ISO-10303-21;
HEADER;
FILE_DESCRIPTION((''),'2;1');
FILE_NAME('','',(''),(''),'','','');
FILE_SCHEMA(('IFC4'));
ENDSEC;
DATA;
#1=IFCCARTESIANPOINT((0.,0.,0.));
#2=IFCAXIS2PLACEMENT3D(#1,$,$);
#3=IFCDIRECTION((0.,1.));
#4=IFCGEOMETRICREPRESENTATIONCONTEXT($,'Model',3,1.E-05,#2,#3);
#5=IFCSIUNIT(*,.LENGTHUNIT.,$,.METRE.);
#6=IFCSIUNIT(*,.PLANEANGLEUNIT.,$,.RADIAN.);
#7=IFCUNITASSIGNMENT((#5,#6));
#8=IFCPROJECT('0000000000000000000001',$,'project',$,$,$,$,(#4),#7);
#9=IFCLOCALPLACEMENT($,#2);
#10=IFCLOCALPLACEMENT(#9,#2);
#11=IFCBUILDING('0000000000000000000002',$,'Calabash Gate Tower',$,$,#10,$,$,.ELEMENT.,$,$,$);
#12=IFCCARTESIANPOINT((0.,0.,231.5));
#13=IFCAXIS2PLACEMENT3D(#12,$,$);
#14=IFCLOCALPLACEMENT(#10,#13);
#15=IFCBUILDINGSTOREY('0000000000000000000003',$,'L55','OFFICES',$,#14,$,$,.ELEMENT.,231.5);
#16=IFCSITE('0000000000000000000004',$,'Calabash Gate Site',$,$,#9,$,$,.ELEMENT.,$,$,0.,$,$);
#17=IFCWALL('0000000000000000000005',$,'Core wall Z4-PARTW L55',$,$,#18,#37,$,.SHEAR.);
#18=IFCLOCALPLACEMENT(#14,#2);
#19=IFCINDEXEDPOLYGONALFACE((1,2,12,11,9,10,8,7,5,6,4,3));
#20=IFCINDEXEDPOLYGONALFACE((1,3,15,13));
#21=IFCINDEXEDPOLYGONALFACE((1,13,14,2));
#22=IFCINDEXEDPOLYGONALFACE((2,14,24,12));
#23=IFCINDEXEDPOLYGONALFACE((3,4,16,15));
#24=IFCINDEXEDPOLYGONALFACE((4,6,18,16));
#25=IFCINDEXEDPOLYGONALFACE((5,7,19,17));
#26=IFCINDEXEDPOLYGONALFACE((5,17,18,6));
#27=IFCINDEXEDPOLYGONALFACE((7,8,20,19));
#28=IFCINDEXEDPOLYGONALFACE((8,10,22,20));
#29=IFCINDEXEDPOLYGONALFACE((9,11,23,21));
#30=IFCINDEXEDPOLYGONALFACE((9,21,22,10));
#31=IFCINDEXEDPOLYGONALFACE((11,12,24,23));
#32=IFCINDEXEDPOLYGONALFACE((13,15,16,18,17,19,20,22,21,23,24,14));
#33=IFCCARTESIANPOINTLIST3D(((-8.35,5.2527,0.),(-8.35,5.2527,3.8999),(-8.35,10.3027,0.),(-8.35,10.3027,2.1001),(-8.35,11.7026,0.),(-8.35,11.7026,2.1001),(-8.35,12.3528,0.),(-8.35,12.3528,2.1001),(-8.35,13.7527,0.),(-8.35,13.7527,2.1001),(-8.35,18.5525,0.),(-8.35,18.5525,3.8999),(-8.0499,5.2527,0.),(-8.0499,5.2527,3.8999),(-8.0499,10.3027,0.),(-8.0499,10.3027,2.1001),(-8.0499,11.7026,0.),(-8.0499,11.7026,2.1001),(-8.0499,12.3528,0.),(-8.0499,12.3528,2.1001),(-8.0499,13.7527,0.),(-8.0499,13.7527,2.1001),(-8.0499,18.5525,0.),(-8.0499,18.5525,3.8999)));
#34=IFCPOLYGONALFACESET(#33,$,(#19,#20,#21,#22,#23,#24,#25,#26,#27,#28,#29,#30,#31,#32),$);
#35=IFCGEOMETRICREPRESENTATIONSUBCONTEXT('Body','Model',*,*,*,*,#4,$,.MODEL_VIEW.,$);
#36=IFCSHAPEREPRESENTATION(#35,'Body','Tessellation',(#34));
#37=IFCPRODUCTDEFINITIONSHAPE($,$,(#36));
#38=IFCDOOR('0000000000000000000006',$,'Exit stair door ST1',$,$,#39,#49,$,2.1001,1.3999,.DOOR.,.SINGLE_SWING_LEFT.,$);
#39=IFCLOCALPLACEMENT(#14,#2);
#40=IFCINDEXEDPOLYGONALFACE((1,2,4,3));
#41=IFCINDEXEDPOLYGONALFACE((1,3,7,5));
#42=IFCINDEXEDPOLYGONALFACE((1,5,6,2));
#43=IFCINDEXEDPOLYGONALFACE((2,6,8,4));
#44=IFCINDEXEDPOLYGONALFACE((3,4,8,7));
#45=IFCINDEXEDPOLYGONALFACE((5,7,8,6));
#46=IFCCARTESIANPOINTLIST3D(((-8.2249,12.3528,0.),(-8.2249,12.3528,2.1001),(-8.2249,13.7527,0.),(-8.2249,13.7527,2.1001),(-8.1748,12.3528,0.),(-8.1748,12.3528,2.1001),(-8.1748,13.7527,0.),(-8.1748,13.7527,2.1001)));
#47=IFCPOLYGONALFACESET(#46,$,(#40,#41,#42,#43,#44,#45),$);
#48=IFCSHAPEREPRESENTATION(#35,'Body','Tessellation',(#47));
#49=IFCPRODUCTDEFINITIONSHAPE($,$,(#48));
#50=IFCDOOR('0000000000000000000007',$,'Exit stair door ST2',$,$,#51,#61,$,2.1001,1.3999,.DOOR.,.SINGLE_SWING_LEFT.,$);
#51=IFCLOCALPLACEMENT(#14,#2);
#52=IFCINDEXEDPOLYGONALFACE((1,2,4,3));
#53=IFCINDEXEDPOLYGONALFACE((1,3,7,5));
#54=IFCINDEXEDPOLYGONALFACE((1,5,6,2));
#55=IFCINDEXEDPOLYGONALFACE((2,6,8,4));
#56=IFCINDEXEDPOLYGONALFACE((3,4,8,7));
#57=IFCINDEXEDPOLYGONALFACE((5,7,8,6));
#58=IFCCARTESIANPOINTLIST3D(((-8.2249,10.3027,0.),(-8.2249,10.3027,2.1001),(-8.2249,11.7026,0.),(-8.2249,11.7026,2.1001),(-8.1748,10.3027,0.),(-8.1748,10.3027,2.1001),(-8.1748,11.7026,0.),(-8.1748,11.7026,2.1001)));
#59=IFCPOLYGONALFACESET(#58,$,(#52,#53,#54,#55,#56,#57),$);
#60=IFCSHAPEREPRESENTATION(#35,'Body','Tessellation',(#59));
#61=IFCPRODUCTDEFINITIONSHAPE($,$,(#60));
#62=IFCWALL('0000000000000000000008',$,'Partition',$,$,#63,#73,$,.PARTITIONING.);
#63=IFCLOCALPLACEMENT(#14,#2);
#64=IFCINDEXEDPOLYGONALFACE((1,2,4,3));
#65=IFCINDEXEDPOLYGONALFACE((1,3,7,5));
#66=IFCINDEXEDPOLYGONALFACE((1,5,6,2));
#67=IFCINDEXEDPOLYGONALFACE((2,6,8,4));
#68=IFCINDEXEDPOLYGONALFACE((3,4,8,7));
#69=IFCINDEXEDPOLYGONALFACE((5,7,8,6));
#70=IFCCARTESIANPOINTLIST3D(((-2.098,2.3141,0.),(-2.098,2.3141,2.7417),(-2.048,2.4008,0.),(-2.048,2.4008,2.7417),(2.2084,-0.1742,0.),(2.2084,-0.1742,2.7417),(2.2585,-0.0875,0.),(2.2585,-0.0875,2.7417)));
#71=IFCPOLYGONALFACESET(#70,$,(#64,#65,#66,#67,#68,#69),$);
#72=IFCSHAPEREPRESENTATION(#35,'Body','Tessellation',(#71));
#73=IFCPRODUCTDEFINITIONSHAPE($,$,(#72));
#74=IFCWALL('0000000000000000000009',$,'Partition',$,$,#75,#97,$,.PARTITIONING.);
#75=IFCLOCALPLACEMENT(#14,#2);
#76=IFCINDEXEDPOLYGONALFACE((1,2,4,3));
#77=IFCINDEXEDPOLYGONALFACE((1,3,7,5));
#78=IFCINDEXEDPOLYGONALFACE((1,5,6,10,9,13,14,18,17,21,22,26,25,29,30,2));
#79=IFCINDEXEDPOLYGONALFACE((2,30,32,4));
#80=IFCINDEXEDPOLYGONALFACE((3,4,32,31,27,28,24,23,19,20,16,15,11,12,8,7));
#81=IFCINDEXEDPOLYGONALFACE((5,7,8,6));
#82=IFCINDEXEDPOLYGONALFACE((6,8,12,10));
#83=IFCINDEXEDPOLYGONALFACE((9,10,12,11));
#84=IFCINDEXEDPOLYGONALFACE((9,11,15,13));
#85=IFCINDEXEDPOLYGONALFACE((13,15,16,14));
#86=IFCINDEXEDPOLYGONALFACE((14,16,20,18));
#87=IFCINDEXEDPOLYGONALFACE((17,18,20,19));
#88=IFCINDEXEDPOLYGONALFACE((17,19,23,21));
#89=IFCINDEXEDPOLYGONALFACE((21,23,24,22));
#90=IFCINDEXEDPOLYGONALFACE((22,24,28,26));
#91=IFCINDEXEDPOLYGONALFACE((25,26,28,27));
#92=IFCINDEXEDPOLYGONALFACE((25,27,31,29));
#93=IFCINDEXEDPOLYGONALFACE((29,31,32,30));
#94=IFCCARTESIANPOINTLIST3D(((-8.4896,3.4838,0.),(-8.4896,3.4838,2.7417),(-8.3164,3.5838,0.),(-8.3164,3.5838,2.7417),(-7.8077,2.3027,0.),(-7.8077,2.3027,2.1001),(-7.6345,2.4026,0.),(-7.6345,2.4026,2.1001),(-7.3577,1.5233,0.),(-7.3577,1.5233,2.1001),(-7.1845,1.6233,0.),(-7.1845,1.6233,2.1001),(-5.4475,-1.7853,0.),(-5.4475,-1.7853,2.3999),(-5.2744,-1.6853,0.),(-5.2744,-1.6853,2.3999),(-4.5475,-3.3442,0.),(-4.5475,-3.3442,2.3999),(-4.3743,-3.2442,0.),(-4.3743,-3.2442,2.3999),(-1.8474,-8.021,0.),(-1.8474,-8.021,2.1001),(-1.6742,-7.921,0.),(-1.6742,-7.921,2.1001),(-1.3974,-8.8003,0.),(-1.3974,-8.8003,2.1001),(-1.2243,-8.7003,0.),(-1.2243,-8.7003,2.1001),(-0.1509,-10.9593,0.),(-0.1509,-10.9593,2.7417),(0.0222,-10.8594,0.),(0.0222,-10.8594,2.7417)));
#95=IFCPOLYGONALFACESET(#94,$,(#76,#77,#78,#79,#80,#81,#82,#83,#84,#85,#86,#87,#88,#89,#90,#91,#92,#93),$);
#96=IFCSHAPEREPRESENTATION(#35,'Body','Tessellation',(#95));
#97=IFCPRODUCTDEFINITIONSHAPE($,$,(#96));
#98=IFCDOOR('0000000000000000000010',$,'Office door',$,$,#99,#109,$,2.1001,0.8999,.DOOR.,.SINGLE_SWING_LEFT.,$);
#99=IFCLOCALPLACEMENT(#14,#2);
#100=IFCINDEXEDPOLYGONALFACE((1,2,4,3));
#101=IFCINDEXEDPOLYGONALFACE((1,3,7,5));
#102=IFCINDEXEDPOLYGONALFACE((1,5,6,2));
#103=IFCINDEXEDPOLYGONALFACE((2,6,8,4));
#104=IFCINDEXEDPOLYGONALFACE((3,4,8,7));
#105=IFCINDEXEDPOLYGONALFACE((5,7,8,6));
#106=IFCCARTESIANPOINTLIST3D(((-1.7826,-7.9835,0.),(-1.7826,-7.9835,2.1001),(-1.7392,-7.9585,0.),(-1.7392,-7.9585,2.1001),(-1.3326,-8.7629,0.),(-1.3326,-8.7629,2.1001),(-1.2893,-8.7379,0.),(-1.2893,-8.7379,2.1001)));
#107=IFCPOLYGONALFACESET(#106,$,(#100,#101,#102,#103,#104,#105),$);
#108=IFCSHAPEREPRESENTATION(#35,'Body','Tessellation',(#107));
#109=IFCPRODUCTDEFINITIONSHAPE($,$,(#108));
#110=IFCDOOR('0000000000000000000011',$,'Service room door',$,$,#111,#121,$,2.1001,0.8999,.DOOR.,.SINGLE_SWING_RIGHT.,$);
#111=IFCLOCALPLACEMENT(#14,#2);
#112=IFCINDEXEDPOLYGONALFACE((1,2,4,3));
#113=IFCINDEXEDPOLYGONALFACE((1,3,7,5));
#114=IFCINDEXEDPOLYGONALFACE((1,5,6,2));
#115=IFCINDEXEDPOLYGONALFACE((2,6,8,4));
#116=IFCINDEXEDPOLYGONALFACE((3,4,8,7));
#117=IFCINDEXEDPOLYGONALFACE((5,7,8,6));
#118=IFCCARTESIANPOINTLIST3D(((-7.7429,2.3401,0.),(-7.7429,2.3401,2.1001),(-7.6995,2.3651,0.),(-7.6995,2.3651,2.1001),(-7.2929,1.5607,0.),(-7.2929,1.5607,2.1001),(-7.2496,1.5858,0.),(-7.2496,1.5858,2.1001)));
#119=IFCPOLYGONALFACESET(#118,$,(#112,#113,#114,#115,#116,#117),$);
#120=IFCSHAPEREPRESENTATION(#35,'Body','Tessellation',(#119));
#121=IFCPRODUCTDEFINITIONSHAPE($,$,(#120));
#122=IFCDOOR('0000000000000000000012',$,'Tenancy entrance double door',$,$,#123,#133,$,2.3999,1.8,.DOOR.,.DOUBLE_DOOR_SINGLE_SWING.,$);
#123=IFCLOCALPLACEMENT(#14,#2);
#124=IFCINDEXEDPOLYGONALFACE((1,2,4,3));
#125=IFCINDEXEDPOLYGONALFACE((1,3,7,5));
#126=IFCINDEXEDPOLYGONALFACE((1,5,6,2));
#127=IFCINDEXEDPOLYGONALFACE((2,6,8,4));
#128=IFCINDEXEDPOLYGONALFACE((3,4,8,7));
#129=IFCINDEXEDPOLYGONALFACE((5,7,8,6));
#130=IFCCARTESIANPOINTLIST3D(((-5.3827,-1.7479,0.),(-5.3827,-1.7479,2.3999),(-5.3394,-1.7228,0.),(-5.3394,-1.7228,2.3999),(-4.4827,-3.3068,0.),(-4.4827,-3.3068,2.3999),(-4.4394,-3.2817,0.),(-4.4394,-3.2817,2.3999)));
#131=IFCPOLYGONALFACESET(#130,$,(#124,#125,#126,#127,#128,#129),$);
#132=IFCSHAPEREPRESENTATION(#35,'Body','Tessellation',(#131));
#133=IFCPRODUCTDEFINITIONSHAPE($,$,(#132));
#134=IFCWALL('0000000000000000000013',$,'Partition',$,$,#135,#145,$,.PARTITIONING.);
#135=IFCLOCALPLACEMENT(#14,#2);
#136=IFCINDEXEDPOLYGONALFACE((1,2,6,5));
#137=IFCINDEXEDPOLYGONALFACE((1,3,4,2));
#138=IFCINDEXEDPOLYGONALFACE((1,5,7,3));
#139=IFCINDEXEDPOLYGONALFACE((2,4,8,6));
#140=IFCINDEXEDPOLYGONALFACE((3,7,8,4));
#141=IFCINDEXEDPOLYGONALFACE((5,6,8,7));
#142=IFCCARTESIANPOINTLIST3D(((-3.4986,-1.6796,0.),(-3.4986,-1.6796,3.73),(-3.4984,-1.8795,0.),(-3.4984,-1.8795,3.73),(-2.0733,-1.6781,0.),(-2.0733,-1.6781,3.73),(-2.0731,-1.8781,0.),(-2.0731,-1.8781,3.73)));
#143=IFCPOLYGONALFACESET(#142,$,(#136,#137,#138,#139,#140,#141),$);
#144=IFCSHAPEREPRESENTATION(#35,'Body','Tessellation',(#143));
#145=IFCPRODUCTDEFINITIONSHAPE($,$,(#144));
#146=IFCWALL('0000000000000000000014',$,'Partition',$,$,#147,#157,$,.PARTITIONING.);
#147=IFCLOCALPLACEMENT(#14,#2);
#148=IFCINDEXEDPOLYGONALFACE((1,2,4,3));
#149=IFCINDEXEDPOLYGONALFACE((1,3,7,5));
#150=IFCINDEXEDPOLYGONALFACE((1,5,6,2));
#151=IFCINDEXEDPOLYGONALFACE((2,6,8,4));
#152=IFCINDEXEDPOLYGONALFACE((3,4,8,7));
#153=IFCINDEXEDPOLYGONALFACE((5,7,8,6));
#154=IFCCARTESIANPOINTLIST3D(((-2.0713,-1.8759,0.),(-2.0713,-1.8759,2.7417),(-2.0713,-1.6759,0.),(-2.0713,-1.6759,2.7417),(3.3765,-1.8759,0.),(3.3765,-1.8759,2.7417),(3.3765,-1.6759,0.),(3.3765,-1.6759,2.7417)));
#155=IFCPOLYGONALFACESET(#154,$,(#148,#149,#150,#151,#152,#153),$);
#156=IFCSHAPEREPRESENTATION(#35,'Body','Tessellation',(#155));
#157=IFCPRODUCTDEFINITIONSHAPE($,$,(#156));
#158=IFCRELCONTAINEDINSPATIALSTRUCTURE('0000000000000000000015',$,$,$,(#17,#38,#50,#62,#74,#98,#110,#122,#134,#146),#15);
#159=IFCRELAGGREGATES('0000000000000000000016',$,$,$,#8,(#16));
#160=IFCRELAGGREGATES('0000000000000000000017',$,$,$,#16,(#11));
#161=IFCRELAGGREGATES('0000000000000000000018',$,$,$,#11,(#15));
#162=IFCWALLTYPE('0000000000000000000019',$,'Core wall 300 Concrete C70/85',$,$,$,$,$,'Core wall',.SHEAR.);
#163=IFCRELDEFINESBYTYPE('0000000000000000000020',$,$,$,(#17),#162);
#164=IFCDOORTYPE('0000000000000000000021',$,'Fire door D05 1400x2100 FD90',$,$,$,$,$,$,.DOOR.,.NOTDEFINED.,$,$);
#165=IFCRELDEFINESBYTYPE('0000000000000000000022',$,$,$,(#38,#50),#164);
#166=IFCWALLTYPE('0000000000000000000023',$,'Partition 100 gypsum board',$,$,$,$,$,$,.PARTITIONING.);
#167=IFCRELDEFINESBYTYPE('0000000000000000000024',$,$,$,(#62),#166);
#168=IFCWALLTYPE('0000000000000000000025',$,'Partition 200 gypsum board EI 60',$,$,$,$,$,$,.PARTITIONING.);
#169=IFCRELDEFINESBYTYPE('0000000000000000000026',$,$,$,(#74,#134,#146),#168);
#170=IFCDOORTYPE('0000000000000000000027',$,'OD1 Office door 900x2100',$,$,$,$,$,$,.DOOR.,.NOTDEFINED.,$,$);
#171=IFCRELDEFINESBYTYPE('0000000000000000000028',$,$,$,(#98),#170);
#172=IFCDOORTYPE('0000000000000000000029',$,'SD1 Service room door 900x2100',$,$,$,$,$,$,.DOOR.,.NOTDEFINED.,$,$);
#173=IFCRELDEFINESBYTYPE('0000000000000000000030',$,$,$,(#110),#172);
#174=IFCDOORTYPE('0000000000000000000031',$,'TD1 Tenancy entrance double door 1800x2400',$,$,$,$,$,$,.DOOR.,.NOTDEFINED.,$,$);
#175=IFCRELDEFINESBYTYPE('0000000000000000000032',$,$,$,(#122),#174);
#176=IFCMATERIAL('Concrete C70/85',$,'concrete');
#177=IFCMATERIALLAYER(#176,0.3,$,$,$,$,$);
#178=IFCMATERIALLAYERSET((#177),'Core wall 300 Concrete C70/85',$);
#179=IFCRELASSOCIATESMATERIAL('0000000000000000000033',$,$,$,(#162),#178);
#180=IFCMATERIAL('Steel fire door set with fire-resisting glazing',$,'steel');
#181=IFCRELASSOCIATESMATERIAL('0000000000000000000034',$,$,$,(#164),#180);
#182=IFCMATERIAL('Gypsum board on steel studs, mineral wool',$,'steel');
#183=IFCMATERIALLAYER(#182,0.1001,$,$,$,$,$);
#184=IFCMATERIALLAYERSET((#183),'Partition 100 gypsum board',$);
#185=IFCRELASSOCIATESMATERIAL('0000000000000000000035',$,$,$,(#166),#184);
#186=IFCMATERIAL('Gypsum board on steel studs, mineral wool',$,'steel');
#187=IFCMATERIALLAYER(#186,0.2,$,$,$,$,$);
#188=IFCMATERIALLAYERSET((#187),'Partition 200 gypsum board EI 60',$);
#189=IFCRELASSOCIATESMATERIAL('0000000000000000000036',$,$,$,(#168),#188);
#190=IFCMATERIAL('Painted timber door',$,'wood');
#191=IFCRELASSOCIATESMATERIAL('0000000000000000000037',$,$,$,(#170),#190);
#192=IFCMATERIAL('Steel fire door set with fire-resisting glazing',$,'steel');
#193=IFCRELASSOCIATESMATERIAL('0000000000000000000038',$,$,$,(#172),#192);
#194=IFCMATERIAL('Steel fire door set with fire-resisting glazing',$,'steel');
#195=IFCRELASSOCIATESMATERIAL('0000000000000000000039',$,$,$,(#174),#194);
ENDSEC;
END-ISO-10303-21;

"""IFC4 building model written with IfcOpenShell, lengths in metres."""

from ifc_helpers import new_model, si_unit, direction, frame, frame_2d, origin, place, context, subcontext, project, spatial, rectangle, extrude, material, layer, layer_set, type_object, element, fill, save


model = new_model("IFC4")

# Units and contexts
model_context = context("Model", 3, precision=1e-05, world=origin(), true_north=direction((0.0, 1.0)))
body_context = subcontext(model_context, "Body", "Model", "MODEL_VIEW")
ifc_project = project(units=[si_unit("LENGTHUNIT", "METRE"), si_unit("PLANEANGLEUNIT", "RADIAN")], contexts=[model_context])

# Site, building, storey
site_placement = place(None, origin())
site = spatial("IfcSite", under=ifc_project, at=site_placement, Name="Calabash Gate Site", CompositionType="ELEMENT", RefElevation=0.0)
building_placement = place(site_placement, origin())
building = spatial("IfcBuilding", under=site, at=building_placement, Name="Calabash Gate Tower", CompositionType="ELEMENT")
storey_placement = place(building_placement, frame((0.0, 0.0, 231.5)))
storey = spatial("IfcBuildingStorey", under=building, at=storey_placement, Name="L55", Description="OFFICES", CompositionType="ELEMENT", Elevation=231.5)

# Wall, openings, doors
ifc_material_1 = material(Name="Concrete C70/85", Category="concrete")
ifc_layer_1 = layer(ifc_material_1, 0.3)
ifc_layer_set_1 = layer_set([ifc_layer_1], Name="Core wall 300 Concrete C70/85")
wall_type_1 = type_object("IfcWallType", Name="Core wall 300 Concrete C70/85", ElementType="Core wall", PredefinedType="SHEAR", material=ifc_layer_set_1)
wall_1_placement = place(storey_placement, frame((-8.2, 5.2527, 0.0), z_axis=(0.0, 0.0, 1.0), x_axis=(0.0, 1.0, 0.0)))
wall_1 = element("IfcWall", 1, at=wall_1_placement, inside=storey, type_object=wall_type_1, Name="Core wall Z4-PARTW L55", PredefinedType="SHEAR", context=body_context, shape_type="SweptSolid", body=[
    extrude(rectangle(XDim=13.2998, YDim=0.3, at=frame_2d((6.6499, 0.0))), origin(), (0.0, 0.0, 1.0), 3.8999),
])
opening_1_placement = place(wall_1_placement, frame((7.1001, 0.0, 0.0)))
opening_1 = element("IfcOpeningElement", 2, at=opening_1_placement, cuts=wall_1, PredefinedType="OPENING", context=body_context, shape_type="SweptSolid", body=[
    extrude(rectangle(XDim=1.3999, YDim=2.1001, at=frame_2d((0.7, 1.05))), frame((0.0, 0.1599, 0.0), z_axis=(0.0, -1.0, 0.0), x_axis=(1.0, 0.0, 0.0)), (0.0, 0.0, 1.0), 0.3201),
])
opening_2_placement = place(wall_1_placement, frame((5.05, 0.0, 0.0)))
opening_2 = element("IfcOpeningElement", 3, at=opening_2_placement, cuts=wall_1, PredefinedType="OPENING", context=body_context, shape_type="SweptSolid", body=[
    extrude(rectangle(XDim=1.3999, YDim=2.1001, at=frame_2d((0.7, 1.05))), frame((0.0, 0.1599, 0.0), z_axis=(0.0, -1.0, 0.0), x_axis=(1.0, 0.0, 0.0)), (0.0, 0.0, 1.0), 0.3201),
])
ifc_material_2 = material(Name="Steel fire door set with fire-resisting glazing", Category="steel")
door_type_1 = type_object("IfcDoorType", Name="Fire door D05 1400x2100 FD90", OperationType="NOTDEFINED", PredefinedType="DOOR", material=ifc_material_2)
door_1_placement = place(opening_1_placement, origin())
door_1 = element("IfcDoor", 4, at=door_1_placement, inside=storey, type_object=door_type_1, Name="Exit stair door ST1", OperationType="SINGLE_SWING_LEFT", OverallHeight=2.1001, OverallWidth=1.3999, PredefinedType="DOOR", context=body_context, shape_type="SweptSolid", body=[
    extrude(rectangle(XDim=1.3999, YDim=2.1001, at=frame_2d((0.7, 1.05))), frame((0.0, 0.0249, 0.0), z_axis=(0.0, -1.0, 0.0), x_axis=(1.0, 0.0, 0.0)), (0.0, 0.0, 1.0), 0.05),
])
fill(opening_1, door_1)
door_2_placement = place(opening_2_placement, origin())
door_2 = element("IfcDoor", 5, at=door_2_placement, inside=storey, type_object=door_type_1, Name="Exit stair door ST2", OperationType="SINGLE_SWING_LEFT", OverallHeight=2.1001, OverallWidth=1.3999, PredefinedType="DOOR", context=body_context, shape_type="SweptSolid", body=[
    extrude(rectangle(XDim=1.3999, YDim=2.1001, at=frame_2d((0.7, 1.05))), frame((0.0, 0.0249, 0.0), z_axis=(0.0, -1.0, 0.0), x_axis=(1.0, 0.0, 0.0)), (0.0, 0.0, 1.0), 0.05),
])
fill(opening_2, door_2)

# Wall
ifc_material_3 = material(Name="Gypsum board on steel studs, mineral wool", Category="steel")
ifc_layer_2 = layer(ifc_material_3, 0.1001)
ifc_layer_set_2 = layer_set([ifc_layer_2], Name="Partition 100 gypsum board")
wall_type_2 = type_object("IfcWallType", Name="Partition 100 gypsum board", PredefinedType="PARTITIONING", material=ifc_layer_set_2)
wall_2_placement = place(storey_placement, frame((-2.073, 2.3574, 0.0), z_axis=(0.0, 0.0, 1.0), x_axis=(0.865853, -0.500299, 0.0)))
element("IfcWall", 6, at=wall_2_placement, inside=storey, type_object=wall_type_2, Name="Partition", PredefinedType="PARTITIONING", context=body_context, shape_type="SweptSolid", body=[
    extrude(rectangle(XDim=4.9736, YDim=0.1001, at=frame_2d((2.4868, 0.0))), origin(), (0.0, 0.0, 1.0), 2.7417),
])

# Wall, openings, doors
ifc_material_4 = material(Name="Gypsum board on steel studs, mineral wool", Category="steel")
ifc_layer_3 = layer(ifc_material_4, 0.2)
ifc_layer_set_3 = layer_set([ifc_layer_3], Name="Partition 200 gypsum board EI 60")
wall_type_3 = type_object("IfcWallType", Name="Partition 200 gypsum board EI 60", PredefinedType="PARTITIONING", material=ifc_layer_set_3)
wall_3_placement = place(storey_placement, frame((-8.4031, 3.5339, 0.0), z_axis=(0.0, 0.0, 1.0), x_axis=(0.499995, -0.866028, 0.0)))
wall_3 = element("IfcWall", 7, at=wall_3_placement, inside=storey, type_object=wall_type_3, Name="Partition", PredefinedType="PARTITIONING", context=body_context, shape_type="SweptSolid", body=[
    extrude(rectangle(XDim=16.6775, YDim=0.2, at=frame_2d((8.3389, 0.0))), origin(), (0.0, 0.0, 1.0), 2.7417),
])
opening_3_placement = place(wall_3_placement, frame((6.0845, 0.0, 0.0)))
opening_3 = element("IfcOpeningElement", 8, at=opening_3_placement, cuts=wall_3, PredefinedType="OPENING", context=body_context, shape_type="SweptSolid", body=[
    extrude(rectangle(XDim=1.8, YDim=2.3999, at=frame_2d((0.8999, 1.2))), frame((0.0, 0.1099, 0.0), z_axis=(0.0, -1.0, 0.0), x_axis=(1.0, 0.0, 0.0)), (0.0, 0.0, 1.0), 0.22),
])
opening_4_placement = place(wall_3_placement, frame((13.2847, 0.0, 0.0)))
opening_4 = element("IfcOpeningElement", 9, at=opening_4_placement, cuts=wall_3, PredefinedType="OPENING", context=body_context, shape_type="SweptSolid", body=[
    extrude(rectangle(XDim=0.8999, YDim=2.1001, at=frame_2d((0.45, 1.05))), frame((0.0, 0.1099, 0.0), z_axis=(0.0, -1.0, 0.0), x_axis=(1.0, 0.0, 0.0)), (0.0, 0.0, 1.0), 0.22),
])
opening_5_placement = place(wall_3_placement, frame((1.364, 0.0, 0.0)))
opening_5 = element("IfcOpeningElement", 10, at=opening_5_placement, cuts=wall_3, PredefinedType="OPENING", context=body_context, shape_type="SweptSolid", body=[
    extrude(rectangle(XDim=0.8999, YDim=2.1001, at=frame_2d((0.45, 1.05))), frame((0.0, 0.1099, 0.0), z_axis=(0.0, -1.0, 0.0), x_axis=(1.0, 0.0, 0.0)), (0.0, 0.0, 1.0), 0.22),
])
ifc_material_5 = material(Name="Painted timber door", Category="wood")
door_type_2 = type_object("IfcDoorType", Name="OD1 Office door 900x2100", OperationType="NOTDEFINED", PredefinedType="DOOR", material=ifc_material_5)
door_3_placement = place(opening_4_placement, origin())
door_3 = element("IfcDoor", 11, at=door_3_placement, inside=storey, type_object=door_type_2, Name="Office door", OperationType="SINGLE_SWING_LEFT", OverallHeight=2.1001, OverallWidth=0.8999, PredefinedType="DOOR", context=body_context, shape_type="SweptSolid", body=[
    extrude(rectangle(XDim=0.8999, YDim=2.1001, at=frame_2d((0.45, 1.05))), frame((0.0, 0.0249, 0.0), z_axis=(0.0, -1.0, 0.0), x_axis=(1.0, 0.0, 0.0)), (0.0, 0.0, 1.0), 0.05),
])
fill(opening_4, door_3)
ifc_material_6 = material(Name="Steel fire door set with fire-resisting glazing", Category="steel")
door_type_3 = type_object("IfcDoorType", Name="SD1 Service room door 900x2100", OperationType="NOTDEFINED", PredefinedType="DOOR", material=ifc_material_6)
door_4_placement = place(opening_5_placement, origin())
door_4 = element("IfcDoor", 12, at=door_4_placement, inside=storey, type_object=door_type_3, Name="Service room door", OperationType="SINGLE_SWING_RIGHT", OverallHeight=2.1001, OverallWidth=0.8999, PredefinedType="DOOR", context=body_context, shape_type="SweptSolid", body=[
    extrude(rectangle(XDim=0.8999, YDim=2.1001, at=frame_2d((0.45, 1.05))), frame((0.0, 0.0249, 0.0), z_axis=(0.0, -1.0, 0.0), x_axis=(1.0, 0.0, 0.0)), (0.0, 0.0, 1.0), 0.05),
])
fill(opening_5, door_4)
ifc_material_7 = material(Name="Steel fire door set with fire-resisting glazing", Category="steel")
door_type_4 = type_object("IfcDoorType", Name="TD1 Tenancy entrance double door 1800x2400", OperationType="NOTDEFINED", PredefinedType="DOOR", material=ifc_material_7)
door_5_placement = place(opening_3_placement, origin())
door_5 = element("IfcDoor", 13, at=door_5_placement, inside=storey, type_object=door_type_4, Name="Tenancy entrance double door", OperationType="DOUBLE_DOOR_SINGLE_SWING", OverallHeight=2.3999, OverallWidth=1.8, PredefinedType="DOOR", context=body_context, shape_type="SweptSolid", body=[
    extrude(rectangle(XDim=1.8, YDim=2.3999, at=frame_2d((0.8999, 1.2))), frame((0.0, 0.0249, 0.0), z_axis=(0.0, -1.0, 0.0), x_axis=(1.0, 0.0, 0.0)), (0.0, 0.0, 1.0), 0.05),
])
fill(opening_3, door_5)

# Walls
wall_4_placement = place(storey_placement, frame((-3.4985, -1.7795, 0.0), z_axis=(0.0, 0.0, 1.0), x_axis=(0.999999, 0.001028, 0.0)))
element("IfcWall", 14, at=wall_4_placement, inside=storey, type_object=wall_type_3, Name="Partition", PredefinedType="PARTITIONING", context=body_context, shape_type="SweptSolid", body=[
    extrude(rectangle(XDim=1.4253, YDim=0.2, at=frame_2d((0.7126, 0.0))), origin(), (0.0, 0.0, 1.0), 3.73),
])
wall_5_placement = place(storey_placement, frame((-2.0713, -1.7759, 0.0), z_axis=(0.0, 0.0, 1.0), x_axis=(1.0, 0.0, 0.0)))
element("IfcWall", 15, at=wall_5_placement, inside=storey, type_object=wall_type_3, Name="Partition", PredefinedType="PARTITIONING", context=body_context, shape_type="SweptSolid", body=[
    extrude(rectangle(XDim=5.4478, YDim=0.2, at=frame_2d((2.7239, 0.0))), origin(), (0.0, 0.0, 1.0), 2.7417),
])

save(model, "model.ifc")
